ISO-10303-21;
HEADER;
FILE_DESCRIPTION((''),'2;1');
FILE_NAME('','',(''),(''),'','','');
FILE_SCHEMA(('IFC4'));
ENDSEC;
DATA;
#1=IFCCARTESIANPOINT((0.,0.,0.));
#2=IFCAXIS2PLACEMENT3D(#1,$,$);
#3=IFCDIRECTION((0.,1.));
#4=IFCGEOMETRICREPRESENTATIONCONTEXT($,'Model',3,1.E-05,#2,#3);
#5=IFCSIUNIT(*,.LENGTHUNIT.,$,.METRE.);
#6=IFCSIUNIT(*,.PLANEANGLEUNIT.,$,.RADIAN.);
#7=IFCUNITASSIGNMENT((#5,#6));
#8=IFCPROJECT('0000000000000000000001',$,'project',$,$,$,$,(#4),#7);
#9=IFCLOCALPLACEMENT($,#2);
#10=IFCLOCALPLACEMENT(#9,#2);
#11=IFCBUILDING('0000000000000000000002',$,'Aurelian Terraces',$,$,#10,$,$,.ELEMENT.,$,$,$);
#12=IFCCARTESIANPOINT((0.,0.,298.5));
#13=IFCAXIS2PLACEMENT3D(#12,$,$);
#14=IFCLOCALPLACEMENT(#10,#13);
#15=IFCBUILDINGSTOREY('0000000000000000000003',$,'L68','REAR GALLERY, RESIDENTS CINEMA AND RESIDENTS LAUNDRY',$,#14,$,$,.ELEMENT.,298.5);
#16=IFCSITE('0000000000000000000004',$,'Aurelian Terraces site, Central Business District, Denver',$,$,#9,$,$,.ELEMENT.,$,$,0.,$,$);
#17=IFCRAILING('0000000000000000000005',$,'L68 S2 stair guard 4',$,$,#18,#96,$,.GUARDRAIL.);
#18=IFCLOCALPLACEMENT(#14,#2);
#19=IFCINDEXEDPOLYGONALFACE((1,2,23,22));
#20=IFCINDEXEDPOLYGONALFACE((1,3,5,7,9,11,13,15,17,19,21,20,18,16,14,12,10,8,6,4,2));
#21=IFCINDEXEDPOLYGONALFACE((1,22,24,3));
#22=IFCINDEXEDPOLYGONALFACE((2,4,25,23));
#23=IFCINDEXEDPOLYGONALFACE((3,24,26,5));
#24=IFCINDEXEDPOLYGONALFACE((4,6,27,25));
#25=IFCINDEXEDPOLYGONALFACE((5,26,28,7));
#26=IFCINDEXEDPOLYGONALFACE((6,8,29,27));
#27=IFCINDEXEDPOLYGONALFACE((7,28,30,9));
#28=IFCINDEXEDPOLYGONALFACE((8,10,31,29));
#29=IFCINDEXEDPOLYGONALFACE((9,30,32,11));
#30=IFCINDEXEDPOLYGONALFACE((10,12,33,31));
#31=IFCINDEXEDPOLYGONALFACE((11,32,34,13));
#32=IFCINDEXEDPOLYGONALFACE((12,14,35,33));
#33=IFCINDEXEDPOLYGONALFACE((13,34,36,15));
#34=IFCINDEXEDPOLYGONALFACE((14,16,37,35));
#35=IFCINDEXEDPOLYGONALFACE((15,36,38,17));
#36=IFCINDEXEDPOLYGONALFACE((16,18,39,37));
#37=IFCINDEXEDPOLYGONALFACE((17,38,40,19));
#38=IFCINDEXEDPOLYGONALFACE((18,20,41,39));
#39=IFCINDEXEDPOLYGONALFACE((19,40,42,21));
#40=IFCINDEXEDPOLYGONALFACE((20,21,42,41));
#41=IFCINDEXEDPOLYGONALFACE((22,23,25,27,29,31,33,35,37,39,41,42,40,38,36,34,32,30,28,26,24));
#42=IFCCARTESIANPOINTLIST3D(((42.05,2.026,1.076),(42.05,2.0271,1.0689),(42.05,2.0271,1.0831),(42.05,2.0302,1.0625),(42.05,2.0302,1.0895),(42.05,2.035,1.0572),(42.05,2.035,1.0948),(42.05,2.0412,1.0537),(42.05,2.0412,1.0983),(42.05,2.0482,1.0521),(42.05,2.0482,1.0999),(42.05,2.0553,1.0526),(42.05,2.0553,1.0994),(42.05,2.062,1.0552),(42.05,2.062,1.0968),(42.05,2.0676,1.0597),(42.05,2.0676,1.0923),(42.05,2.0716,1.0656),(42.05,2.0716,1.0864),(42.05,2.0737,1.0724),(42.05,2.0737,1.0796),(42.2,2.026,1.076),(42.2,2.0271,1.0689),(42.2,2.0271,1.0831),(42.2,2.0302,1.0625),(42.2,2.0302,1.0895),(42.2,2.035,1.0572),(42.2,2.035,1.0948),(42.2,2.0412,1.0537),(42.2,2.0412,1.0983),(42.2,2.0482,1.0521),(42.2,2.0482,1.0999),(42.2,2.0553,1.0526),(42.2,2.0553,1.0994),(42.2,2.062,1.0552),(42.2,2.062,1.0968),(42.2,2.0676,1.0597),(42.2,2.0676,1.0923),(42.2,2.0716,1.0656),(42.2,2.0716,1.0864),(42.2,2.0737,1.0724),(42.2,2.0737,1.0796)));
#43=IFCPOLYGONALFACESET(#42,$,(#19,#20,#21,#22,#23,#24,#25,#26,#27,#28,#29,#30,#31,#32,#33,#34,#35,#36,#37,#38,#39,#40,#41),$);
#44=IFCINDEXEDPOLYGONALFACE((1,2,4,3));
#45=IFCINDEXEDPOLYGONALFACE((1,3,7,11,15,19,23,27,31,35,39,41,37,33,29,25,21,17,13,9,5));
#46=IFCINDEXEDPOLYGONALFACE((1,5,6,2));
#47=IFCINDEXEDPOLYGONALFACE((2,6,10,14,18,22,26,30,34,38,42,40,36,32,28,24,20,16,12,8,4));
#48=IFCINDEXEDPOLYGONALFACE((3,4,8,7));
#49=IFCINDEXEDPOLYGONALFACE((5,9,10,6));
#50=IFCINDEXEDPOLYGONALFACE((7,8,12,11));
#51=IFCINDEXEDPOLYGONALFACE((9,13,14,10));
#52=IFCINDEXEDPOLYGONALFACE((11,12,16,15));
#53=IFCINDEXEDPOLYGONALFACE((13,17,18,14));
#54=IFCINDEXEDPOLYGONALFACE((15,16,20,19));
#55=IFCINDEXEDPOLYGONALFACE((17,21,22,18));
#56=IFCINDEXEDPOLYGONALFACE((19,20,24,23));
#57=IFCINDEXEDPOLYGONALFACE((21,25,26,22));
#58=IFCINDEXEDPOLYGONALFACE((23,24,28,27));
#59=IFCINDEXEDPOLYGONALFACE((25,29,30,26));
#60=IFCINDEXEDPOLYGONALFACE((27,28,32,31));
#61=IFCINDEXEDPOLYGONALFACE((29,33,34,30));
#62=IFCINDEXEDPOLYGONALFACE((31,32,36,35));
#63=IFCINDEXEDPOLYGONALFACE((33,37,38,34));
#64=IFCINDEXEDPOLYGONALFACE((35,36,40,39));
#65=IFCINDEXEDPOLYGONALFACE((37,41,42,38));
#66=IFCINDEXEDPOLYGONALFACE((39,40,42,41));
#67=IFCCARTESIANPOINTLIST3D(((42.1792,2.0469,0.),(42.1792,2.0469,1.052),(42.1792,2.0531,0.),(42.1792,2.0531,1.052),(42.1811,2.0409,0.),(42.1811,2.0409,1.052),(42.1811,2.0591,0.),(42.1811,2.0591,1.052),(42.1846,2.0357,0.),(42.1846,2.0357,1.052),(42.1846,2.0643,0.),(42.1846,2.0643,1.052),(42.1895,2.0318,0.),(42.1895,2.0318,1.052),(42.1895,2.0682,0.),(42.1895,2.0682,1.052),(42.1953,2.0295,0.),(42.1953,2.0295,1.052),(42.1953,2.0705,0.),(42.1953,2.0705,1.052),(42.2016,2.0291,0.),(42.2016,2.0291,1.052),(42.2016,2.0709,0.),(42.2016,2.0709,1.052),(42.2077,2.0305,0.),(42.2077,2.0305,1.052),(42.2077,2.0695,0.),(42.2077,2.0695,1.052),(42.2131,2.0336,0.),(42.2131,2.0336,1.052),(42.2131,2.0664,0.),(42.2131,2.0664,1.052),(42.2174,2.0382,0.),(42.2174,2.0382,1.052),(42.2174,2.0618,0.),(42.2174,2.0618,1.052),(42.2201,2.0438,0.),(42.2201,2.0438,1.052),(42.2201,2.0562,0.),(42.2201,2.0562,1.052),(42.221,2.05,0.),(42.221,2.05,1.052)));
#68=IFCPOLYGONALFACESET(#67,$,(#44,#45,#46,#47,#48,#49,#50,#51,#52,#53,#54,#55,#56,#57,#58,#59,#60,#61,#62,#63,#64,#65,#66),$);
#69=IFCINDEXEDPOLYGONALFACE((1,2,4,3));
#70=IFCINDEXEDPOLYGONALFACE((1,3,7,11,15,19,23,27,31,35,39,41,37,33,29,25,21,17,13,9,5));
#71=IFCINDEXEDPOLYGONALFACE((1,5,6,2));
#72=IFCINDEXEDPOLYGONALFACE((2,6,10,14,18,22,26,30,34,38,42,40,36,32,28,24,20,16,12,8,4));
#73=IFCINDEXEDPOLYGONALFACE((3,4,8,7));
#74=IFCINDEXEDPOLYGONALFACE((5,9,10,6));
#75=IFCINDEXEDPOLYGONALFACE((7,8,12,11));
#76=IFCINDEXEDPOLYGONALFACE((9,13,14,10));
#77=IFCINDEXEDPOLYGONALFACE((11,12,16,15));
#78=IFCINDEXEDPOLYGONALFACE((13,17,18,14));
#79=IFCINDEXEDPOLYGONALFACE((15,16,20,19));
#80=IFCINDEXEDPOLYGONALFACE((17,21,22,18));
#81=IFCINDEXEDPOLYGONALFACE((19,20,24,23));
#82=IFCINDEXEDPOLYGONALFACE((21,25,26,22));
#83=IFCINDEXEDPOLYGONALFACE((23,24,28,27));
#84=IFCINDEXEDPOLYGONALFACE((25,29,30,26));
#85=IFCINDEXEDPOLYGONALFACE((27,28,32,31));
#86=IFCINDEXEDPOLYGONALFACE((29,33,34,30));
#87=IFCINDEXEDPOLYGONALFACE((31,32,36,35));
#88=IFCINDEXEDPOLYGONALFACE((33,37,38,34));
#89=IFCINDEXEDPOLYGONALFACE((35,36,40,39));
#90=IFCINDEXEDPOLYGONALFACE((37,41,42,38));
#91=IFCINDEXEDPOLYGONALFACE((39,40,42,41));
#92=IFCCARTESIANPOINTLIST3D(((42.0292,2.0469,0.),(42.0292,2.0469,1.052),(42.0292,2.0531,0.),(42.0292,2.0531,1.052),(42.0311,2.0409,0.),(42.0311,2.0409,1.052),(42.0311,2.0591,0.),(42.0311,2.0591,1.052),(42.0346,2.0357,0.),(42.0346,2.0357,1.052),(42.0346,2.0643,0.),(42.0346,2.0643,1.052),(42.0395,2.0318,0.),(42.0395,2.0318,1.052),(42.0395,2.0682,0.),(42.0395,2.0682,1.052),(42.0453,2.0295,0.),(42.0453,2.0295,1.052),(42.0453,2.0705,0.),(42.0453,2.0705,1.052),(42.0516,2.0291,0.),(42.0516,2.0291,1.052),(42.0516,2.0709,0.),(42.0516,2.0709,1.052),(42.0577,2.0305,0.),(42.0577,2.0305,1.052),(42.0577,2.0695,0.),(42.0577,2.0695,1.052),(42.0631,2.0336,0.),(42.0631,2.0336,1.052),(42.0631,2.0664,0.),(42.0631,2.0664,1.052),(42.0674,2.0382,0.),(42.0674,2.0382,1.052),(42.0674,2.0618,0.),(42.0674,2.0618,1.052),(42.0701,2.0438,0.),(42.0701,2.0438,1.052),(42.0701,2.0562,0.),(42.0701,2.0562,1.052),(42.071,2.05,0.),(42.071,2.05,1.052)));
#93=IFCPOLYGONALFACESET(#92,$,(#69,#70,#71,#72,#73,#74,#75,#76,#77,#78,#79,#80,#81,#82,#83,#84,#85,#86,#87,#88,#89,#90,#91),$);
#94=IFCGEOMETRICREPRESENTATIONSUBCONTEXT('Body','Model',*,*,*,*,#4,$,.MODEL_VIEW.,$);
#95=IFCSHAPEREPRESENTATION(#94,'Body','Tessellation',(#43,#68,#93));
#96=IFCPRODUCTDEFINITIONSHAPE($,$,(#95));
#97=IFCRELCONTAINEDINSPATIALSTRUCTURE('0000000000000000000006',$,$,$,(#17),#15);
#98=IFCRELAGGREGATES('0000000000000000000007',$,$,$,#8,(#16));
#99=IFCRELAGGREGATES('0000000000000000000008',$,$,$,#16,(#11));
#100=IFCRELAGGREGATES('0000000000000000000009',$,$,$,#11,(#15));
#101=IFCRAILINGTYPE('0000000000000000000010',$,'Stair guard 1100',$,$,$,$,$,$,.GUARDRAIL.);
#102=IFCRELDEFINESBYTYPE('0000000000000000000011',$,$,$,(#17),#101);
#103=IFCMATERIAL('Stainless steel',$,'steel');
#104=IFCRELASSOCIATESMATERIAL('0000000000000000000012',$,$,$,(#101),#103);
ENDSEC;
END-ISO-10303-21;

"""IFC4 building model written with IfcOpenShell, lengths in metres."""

from ifc_helpers import new_model, si_unit, direction, frame, origin, origin_2d, place, context, subcontext, project, spatial, circle, extrude, source, transform, mapped, material, type_object, element, save


model = new_model("IFC4")

# Units and contexts
model_context = context("Model", 3, precision=1e-05, world=origin(), true_north=direction((0.0, 1.0)))
body_context = subcontext(model_context, "Body", "Model", "MODEL_VIEW")
ifc_project = project(units=[si_unit("LENGTHUNIT", "METRE"), si_unit("PLANEANGLEUNIT", "RADIAN")], contexts=[model_context])

# Site, building, storey
site_placement = place(None, origin())
site = spatial("IfcSite", under=ifc_project, at=site_placement, Name="Aurelian Terraces site, Central Business District, Denver", CompositionType="ELEMENT", RefElevation=0.0)
building_placement = place(site_placement, origin())
building = spatial("IfcBuilding", under=site, at=building_placement, Name="Aurelian Terraces", CompositionType="ELEMENT")
storey_placement = place(building_placement, frame((0.0, 0.0, 298.5)))
storey = spatial("IfcBuildingStorey", under=building, at=storey_placement, Name="L68", Description="REAR GALLERY, RESIDENTS CINEMA AND RESIDENTS LAUNDRY", CompositionType="ELEMENT", Elevation=298.5)

# Railing
ifc_material_1 = material(Name="Stainless steel", Category="steel")
railing_type_1 = type_object("IfcRailingType", Name="Stair guard 1100", PredefinedType="GUARDRAIL", material=ifc_material_1)
shared_shape_1 = source(origin(), body_context, "Body", "SweptSolid", [
    extrude(circle(Radius=0.024, at=origin_2d()), frame((0.0, 0.0, 1.076), z_axis=(-1.0, 0.0, 0.0), x_axis=(0.0, -1.0, 0.0)), (0.0, 0.0, 1.0), 0.15),
    extrude(circle(Radius=0.021, at=origin_2d()), origin(), (0.0, 0.0, 1.0), 1.052),
    extrude(circle(Radius=0.021, at=origin_2d()), frame((-0.15, 0.0, 0.0)), (0.0, 0.0, 1.0), 1.052),
])
railing_1_placement = place(storey_placement, frame((42.2, 2.05, 0.0)))
element("IfcRailing", 1, at=railing_1_placement, inside=storey, type_object=railing_type_1, Name="L68 S2 stair guard 4", PredefinedType="GUARDRAIL", context=body_context, shape_type="MappedRepresentation", body=[
    mapped(shared_shape_1, transform((0.0, 0.0, 0.0), scale=1.0)),
])

save(model, "model.ifc")
